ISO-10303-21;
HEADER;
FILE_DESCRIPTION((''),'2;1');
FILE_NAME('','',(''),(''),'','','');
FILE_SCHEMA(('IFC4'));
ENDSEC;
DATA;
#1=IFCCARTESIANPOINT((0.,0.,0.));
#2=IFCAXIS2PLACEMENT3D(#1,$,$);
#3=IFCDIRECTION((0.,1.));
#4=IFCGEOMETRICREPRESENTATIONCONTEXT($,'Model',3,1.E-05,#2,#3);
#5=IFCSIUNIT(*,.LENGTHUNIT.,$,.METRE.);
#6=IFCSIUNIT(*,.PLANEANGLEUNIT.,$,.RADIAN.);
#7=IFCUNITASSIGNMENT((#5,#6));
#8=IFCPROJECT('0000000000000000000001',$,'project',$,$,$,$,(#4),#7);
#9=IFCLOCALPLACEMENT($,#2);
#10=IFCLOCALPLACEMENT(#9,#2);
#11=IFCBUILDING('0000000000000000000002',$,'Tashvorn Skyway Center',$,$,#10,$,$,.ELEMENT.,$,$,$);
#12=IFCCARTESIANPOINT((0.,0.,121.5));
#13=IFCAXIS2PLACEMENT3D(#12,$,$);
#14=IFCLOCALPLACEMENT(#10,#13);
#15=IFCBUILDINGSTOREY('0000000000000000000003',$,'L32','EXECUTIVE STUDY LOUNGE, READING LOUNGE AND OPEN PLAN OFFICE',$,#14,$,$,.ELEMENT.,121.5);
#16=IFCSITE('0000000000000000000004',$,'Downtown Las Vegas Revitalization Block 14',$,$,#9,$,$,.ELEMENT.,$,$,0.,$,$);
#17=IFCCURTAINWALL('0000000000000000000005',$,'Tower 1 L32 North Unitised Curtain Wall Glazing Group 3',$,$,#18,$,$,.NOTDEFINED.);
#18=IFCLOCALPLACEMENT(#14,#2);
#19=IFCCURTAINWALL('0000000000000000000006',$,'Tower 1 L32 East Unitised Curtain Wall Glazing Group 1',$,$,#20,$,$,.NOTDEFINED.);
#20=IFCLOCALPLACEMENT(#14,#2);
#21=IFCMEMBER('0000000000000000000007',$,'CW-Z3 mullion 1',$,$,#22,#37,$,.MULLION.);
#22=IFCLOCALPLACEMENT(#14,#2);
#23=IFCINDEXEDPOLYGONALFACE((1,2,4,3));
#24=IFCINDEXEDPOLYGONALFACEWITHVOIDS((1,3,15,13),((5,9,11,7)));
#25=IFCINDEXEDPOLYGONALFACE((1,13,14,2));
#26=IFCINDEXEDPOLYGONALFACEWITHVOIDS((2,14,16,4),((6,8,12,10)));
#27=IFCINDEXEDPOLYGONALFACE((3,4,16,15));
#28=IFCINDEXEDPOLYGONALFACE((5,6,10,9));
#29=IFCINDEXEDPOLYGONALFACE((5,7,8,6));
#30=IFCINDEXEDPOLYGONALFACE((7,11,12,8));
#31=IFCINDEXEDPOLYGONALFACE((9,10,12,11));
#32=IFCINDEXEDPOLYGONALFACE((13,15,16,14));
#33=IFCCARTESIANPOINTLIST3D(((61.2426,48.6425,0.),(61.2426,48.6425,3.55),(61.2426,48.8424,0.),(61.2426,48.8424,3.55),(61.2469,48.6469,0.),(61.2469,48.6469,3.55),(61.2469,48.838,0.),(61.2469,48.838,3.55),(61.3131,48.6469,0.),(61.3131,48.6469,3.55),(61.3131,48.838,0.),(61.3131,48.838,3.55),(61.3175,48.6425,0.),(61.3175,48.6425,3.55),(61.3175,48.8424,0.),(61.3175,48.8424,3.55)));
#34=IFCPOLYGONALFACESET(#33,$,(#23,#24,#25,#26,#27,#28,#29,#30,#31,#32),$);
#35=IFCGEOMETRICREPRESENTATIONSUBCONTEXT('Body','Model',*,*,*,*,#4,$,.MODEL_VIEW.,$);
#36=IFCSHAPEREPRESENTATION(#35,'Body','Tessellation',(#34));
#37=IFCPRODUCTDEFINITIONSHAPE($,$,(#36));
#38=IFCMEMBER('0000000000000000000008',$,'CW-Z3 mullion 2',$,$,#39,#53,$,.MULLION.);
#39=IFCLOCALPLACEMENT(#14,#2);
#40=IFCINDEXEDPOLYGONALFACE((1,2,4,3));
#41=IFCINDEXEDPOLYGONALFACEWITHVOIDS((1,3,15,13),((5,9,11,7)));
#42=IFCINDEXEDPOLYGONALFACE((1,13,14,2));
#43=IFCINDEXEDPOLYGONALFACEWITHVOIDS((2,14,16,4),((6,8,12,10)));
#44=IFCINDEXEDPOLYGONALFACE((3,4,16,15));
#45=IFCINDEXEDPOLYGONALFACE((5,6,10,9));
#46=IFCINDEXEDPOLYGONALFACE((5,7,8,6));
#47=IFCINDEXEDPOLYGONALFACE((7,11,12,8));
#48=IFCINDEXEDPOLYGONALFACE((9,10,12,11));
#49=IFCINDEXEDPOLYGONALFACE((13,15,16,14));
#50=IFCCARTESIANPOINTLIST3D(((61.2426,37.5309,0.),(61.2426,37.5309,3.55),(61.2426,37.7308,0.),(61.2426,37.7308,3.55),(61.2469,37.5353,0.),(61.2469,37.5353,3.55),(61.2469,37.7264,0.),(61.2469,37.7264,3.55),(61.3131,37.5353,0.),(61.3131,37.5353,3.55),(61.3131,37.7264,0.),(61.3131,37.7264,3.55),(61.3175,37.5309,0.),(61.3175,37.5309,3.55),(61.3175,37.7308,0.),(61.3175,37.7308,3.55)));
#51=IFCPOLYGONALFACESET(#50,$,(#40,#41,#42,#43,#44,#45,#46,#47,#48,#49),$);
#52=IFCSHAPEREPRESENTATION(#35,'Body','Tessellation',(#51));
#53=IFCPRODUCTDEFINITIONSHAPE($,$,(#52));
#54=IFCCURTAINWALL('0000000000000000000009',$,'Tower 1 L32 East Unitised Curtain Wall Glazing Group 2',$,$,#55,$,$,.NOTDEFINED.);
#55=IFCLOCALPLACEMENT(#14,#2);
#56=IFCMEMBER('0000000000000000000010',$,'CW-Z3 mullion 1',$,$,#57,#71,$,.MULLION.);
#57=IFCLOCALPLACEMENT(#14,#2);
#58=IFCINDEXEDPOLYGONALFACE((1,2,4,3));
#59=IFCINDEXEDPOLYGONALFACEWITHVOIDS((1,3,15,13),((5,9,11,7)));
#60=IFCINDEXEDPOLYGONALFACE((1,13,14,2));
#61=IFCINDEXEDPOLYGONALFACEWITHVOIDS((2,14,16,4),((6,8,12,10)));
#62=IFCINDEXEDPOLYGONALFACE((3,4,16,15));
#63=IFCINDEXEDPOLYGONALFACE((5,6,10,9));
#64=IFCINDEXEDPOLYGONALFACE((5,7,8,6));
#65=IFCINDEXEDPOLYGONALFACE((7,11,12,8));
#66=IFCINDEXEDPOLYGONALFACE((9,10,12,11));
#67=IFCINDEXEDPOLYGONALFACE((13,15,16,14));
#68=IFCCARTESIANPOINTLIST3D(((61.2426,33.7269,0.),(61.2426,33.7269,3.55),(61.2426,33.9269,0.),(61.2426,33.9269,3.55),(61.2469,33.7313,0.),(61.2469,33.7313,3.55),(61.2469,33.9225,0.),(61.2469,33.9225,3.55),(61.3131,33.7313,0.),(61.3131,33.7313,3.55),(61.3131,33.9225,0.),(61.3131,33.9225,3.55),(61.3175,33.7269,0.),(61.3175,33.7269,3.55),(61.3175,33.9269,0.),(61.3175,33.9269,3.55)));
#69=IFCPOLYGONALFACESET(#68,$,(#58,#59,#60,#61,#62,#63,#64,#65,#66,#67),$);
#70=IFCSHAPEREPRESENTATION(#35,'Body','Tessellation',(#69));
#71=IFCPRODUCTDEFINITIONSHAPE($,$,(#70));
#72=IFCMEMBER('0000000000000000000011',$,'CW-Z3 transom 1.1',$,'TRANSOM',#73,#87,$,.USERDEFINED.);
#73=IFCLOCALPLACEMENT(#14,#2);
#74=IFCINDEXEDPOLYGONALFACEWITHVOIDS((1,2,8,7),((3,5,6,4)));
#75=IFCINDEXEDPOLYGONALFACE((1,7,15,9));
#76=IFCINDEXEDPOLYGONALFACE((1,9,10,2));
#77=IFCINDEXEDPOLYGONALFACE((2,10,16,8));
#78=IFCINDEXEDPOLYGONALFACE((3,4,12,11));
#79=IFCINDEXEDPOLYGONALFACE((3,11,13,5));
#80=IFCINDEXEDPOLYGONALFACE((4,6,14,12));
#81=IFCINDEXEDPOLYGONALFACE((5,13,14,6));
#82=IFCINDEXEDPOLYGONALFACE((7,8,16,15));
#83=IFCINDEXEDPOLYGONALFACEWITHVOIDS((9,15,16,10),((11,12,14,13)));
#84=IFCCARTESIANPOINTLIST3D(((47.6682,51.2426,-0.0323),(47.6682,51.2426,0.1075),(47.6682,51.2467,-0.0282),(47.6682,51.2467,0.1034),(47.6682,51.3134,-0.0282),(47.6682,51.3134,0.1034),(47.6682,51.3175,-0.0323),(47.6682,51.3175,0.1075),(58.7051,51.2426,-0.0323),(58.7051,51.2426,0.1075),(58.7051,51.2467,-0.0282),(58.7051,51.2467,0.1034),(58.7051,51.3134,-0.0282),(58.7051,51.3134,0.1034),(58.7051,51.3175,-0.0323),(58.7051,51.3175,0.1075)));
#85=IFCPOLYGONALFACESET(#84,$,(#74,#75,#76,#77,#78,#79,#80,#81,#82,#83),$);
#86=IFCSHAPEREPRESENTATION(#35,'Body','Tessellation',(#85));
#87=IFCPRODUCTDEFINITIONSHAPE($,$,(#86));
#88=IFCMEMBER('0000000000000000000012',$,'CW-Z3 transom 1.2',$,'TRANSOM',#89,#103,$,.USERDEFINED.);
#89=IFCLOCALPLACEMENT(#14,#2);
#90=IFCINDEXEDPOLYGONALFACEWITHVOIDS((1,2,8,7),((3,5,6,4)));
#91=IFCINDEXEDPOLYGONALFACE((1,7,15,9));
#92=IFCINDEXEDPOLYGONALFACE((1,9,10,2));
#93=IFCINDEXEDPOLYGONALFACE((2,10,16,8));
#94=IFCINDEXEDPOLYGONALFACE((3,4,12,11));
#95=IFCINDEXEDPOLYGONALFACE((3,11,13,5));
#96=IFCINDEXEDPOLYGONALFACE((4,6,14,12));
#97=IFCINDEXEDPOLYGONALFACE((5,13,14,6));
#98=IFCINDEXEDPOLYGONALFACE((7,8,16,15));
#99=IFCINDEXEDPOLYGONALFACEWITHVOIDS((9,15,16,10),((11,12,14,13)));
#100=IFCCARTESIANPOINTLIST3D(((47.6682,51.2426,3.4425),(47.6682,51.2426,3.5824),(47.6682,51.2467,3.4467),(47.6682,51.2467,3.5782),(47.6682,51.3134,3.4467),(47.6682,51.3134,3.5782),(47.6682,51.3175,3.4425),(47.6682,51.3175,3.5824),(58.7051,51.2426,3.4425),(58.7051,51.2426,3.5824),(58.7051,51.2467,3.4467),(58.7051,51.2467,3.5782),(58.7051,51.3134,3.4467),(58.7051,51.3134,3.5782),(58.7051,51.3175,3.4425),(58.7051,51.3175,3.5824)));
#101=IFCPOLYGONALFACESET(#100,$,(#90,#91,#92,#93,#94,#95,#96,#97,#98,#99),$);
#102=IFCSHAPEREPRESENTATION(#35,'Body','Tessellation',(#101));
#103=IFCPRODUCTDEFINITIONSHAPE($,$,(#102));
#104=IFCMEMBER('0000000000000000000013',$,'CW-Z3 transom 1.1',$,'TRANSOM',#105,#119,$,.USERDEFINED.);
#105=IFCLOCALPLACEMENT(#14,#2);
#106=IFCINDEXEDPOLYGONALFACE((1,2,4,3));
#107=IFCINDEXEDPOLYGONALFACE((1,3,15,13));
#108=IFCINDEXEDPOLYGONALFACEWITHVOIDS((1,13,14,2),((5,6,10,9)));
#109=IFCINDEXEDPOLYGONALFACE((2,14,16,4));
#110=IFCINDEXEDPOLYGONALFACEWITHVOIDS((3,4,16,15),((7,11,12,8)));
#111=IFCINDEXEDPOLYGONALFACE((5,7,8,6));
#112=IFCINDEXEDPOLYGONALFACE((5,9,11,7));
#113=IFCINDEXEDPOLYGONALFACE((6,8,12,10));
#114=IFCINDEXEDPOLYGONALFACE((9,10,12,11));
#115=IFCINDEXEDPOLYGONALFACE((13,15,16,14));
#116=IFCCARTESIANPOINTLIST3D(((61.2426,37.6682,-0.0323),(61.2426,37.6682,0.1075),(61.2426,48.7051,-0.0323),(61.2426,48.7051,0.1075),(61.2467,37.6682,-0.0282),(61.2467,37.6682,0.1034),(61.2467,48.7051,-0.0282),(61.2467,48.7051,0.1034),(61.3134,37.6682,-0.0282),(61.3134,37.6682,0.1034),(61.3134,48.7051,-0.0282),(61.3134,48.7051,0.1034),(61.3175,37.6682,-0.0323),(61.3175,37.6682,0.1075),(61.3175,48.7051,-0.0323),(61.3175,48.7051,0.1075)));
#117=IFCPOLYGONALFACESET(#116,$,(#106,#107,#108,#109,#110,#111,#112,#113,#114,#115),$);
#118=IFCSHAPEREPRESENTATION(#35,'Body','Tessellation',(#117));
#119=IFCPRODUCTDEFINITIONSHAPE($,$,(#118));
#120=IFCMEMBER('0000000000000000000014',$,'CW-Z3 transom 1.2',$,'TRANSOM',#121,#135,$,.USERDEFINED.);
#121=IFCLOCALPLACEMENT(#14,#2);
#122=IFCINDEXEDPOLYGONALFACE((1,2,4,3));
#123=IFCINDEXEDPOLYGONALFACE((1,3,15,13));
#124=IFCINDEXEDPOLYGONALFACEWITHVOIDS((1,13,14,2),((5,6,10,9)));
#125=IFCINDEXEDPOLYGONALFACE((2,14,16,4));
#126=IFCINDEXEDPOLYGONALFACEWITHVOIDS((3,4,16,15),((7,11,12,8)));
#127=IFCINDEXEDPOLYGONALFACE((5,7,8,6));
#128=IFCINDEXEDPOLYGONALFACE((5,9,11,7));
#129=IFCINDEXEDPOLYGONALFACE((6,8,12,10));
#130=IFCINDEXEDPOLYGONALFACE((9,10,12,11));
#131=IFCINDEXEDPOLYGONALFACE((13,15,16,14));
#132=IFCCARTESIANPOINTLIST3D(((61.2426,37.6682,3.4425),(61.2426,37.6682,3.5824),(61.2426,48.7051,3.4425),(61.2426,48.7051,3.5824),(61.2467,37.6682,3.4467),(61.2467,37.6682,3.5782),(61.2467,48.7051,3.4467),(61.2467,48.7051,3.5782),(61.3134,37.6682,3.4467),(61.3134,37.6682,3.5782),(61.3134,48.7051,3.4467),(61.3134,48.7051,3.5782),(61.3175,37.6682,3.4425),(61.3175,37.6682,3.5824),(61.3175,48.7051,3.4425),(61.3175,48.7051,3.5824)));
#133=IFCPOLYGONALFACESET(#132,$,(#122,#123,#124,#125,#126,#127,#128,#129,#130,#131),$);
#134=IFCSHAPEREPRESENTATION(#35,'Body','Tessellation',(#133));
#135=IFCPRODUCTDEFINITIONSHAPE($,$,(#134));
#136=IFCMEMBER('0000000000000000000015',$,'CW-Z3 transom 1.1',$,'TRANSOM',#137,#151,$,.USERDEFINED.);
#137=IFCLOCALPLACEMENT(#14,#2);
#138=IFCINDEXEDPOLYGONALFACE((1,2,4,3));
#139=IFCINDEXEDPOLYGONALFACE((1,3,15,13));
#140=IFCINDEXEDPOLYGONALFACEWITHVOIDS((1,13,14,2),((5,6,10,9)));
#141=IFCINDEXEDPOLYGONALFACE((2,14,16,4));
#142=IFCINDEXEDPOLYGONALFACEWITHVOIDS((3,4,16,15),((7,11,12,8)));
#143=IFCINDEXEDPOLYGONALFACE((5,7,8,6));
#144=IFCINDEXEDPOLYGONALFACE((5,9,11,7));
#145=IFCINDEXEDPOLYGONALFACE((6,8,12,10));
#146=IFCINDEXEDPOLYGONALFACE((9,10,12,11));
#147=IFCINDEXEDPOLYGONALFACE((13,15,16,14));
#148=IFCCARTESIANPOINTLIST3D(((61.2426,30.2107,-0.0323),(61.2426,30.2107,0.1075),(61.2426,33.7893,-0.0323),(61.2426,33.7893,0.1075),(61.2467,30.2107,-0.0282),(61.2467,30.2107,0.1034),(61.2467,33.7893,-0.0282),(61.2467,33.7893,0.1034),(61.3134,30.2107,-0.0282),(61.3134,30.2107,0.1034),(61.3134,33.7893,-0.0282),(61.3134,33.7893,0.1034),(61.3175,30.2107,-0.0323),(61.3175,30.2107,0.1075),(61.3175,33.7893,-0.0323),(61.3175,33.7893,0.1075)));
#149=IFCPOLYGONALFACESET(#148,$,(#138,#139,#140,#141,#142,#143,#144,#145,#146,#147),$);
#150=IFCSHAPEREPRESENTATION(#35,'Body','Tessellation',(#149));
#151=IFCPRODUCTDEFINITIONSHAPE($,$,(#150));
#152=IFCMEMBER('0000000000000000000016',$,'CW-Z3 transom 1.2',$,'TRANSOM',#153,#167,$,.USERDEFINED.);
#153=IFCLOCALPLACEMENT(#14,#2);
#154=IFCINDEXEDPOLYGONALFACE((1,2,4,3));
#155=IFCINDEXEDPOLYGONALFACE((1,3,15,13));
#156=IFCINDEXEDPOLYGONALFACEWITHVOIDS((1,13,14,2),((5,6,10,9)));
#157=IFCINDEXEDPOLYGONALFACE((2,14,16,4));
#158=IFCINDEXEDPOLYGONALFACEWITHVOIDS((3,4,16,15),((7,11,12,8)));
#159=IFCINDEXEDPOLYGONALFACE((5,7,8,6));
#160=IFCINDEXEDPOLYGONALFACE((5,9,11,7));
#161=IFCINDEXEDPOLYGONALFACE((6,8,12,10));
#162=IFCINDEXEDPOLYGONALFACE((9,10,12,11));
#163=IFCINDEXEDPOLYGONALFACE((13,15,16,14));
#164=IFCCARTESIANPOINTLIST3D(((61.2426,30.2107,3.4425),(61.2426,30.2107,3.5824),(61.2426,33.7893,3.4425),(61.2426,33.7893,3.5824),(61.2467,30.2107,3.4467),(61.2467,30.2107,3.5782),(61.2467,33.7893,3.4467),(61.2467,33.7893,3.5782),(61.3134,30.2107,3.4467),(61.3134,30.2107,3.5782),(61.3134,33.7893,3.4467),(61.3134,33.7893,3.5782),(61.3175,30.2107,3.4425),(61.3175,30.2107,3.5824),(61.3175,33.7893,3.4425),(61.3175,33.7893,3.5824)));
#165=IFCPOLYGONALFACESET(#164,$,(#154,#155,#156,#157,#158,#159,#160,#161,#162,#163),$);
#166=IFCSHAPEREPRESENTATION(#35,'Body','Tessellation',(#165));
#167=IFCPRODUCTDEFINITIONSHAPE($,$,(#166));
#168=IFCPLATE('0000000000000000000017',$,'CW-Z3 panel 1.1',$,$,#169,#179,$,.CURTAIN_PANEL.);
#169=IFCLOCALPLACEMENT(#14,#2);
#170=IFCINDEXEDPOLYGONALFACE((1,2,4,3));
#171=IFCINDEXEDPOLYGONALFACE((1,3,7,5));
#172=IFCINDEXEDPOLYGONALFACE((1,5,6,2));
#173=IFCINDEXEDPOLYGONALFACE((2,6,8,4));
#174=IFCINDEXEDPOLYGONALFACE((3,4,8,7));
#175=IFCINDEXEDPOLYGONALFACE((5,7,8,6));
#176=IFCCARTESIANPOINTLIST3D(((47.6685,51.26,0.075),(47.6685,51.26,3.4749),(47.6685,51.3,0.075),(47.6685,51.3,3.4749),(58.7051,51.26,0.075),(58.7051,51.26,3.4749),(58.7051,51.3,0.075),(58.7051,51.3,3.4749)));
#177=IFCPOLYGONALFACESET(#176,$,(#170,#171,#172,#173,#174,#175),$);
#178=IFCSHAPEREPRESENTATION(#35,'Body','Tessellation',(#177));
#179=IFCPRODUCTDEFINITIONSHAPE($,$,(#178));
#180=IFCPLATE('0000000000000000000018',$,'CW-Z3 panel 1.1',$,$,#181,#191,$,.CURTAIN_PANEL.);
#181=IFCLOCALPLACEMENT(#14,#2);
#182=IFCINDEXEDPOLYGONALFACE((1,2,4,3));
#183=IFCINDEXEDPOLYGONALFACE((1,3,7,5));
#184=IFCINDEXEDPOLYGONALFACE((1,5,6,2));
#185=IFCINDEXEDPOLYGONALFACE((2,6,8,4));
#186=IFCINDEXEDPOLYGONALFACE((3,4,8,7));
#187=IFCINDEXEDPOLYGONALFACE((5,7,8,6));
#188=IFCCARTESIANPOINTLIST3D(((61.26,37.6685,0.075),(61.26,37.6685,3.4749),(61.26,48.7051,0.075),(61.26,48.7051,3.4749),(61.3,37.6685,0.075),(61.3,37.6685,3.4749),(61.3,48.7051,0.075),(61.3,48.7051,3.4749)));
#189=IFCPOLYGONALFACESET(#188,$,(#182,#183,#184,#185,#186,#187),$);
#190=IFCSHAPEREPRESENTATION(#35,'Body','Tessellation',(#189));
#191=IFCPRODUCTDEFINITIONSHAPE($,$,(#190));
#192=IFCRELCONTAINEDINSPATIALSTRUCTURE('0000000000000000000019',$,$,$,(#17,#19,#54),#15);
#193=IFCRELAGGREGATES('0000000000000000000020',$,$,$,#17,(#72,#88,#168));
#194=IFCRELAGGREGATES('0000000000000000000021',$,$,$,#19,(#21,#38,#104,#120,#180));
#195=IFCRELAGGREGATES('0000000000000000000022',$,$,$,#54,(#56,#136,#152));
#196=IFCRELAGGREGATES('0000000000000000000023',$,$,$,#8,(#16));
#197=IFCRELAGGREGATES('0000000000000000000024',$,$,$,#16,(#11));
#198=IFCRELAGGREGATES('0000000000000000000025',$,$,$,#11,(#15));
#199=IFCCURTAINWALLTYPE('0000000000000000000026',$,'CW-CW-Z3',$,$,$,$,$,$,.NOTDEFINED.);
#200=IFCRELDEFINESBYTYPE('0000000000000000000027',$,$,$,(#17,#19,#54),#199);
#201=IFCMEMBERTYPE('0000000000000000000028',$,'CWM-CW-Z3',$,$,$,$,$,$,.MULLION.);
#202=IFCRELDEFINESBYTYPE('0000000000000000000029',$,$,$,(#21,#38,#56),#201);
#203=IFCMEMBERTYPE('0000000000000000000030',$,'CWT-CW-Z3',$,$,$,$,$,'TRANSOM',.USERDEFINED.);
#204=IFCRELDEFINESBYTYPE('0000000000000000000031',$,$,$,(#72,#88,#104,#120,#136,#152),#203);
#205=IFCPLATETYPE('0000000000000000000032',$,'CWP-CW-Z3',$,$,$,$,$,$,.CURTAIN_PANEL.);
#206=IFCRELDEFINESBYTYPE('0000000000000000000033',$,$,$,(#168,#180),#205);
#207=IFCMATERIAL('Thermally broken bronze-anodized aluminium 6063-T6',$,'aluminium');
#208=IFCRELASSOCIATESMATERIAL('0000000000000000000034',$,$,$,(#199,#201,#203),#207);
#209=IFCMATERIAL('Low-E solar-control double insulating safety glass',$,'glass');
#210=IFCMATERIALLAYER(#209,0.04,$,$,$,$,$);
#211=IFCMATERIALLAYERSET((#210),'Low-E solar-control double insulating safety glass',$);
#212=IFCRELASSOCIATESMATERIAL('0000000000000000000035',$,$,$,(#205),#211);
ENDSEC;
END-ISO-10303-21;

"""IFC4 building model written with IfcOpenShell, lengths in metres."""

from ifc_helpers import new_model, si_unit, direction, frame, origin, origin_2d, place, context, subcontext, project, spatial, rectangle, hollow_rectangle, extrude, material, layer, layer_set, material_profile, profile_set, type_object, element, aggregate, save


model = new_model("IFC4")

# Units and contexts
model_context = context("Model", 3, precision=1e-05, world=origin(), true_north=direction((0.0, 1.0)))
body_context = subcontext(model_context, "Body", "Model", "MODEL_VIEW")
ifc_project = project(units=[si_unit("LENGTHUNIT", "METRE"), si_unit("PLANEANGLEUNIT", "RADIAN")], contexts=[model_context])

# Site, building, storey
site_placement = place(None, origin())
site = spatial("IfcSite", under=ifc_project, at=site_placement, Name="Downtown Las Vegas Revitalization Block 14", CompositionType="ELEMENT", RefElevation=0.0)
building_placement = place(site_placement, origin())
building = spatial("IfcBuilding", under=site, at=building_placement, Name="Tashvorn Skyway Center", CompositionType="ELEMENT")
storey_placement = place(building_placement, frame((0.0, 0.0, 121.5)))
storey = spatial("IfcBuildingStorey", under=building, at=storey_placement, Name="L32", Description="EXECUTIVE STUDY LOUNGE, READING LOUNGE AND OPEN PLAN OFFICE", CompositionType="ELEMENT", Elevation=121.5)

# Curtain wall
ifc_material_1 = material(Name="Thermally broken bronze-anodized aluminium 6063-T6", Category="aluminium")
curtain_wall_type = type_object("IfcCurtainWallType", Name="CW-CW-Z3", PredefinedType="NOTDEFINED", material=ifc_material_1)
curtain_wall_1_placement = place(storey_placement, origin())
curtain_wall_1 = element("IfcCurtainWall", 1, at=curtain_wall_1_placement, inside=storey, type_object=curtain_wall_type, Name="Tower 1 L32 North Unitised Curtain Wall Glazing Group 3", PredefinedType="NOTDEFINED")
ifc_material_profile_1 = material_profile(ifc_material_1, hollow_rectangle(XDim=0.075, YDim=0.2, WallThickness=0.0044, at=origin_2d()), Name="ALU-MULL-75x200")
ifc_profile_set_1 = profile_set([ifc_material_profile_1], Name="Thermally broken bronze-anodized aluminium 6063-T6")
member_type_1 = type_object("IfcMemberType", Name="CWM-CW-Z3", PredefinedType="MULLION", material=ifc_profile_set_1)

# Curtain wall, members
curtain_wall_2_placement = place(storey_placement, origin())
curtain_wall_2 = element("IfcCurtainWall", 2, at=curtain_wall_2_placement, inside=storey, type_object=curtain_wall_type, Name="Tower 1 L32 East Unitised Curtain Wall Glazing Group 1", PredefinedType="NOTDEFINED")
member_1_placement = place(storey_placement, frame((61.28, 48.7424, 0.0), z_axis=(0.0, 0.0, 1.0), x_axis=(1.0, 0.0, 0.0)))
member_1 = element("IfcMember", 3, at=member_1_placement, type_object=member_type_1, Name="CW-Z3 mullion 1", PredefinedType="MULLION", context=body_context, shape_type="SweptSolid", body=[
    extrude(hollow_rectangle(XDim=0.075, YDim=0.2, WallThickness=0.0044, at=origin_2d()), origin(), (0.0, 0.0, 1.0), 3.55),
])
member_2_placement = place(storey_placement, frame((61.28, 37.6309, 0.0), z_axis=(0.0, 0.0, 1.0), x_axis=(1.0, 0.0, 0.0)))
member_2 = element("IfcMember", 4, at=member_2_placement, type_object=member_type_1, Name="CW-Z3 mullion 2", PredefinedType="MULLION", context=body_context, shape_type="SweptSolid", body=[
    extrude(hollow_rectangle(XDim=0.075, YDim=0.2, WallThickness=0.0044, at=origin_2d()), origin(), (0.0, 0.0, 1.0), 3.55),
])

# Curtain wall, member
curtain_wall_3_placement = place(storey_placement, origin())
curtain_wall_3 = element("IfcCurtainWall", 5, at=curtain_wall_3_placement, inside=storey, type_object=curtain_wall_type, Name="Tower 1 L32 East Unitised Curtain Wall Glazing Group 2", PredefinedType="NOTDEFINED")
member_3_placement = place(storey_placement, frame((61.28, 33.8269, 0.0), z_axis=(0.0, 0.0, 1.0), x_axis=(1.0, 0.0, 0.0)))
member_3 = element("IfcMember", 6, at=member_3_placement, type_object=member_type_1, Name="CW-Z3 mullion 1", PredefinedType="MULLION", context=body_context, shape_type="SweptSolid", body=[
    extrude(hollow_rectangle(XDim=0.075, YDim=0.2, WallThickness=0.0044, at=origin_2d()), origin(), (0.0, 0.0, 1.0), 3.55),
])

# Members
ifc_material_profile_2 = material_profile(ifc_material_1, hollow_rectangle(XDim=0.075, YDim=0.1399, WallThickness=0.0042, at=origin_2d()), Name="ALU-TRAN-75x140")
ifc_profile_set_2 = profile_set([ifc_material_profile_2], Name="Thermally broken bronze-anodized aluminium 6063-T6")
member_type_2 = type_object("IfcMemberType", Name="CWT-CW-Z3", ElementType="TRANSOM", PredefinedType="USERDEFINED", material=ifc_profile_set_2)
member_4_placement = place(storey_placement, frame((47.6682, 51.28, 0.0376), z_axis=(1.0, 0.0, 0.0), x_axis=(0.0, 1.0, 0.0)))
member_4 = element("IfcMember", 7, at=member_4_placement, type_object=member_type_2, Name="CW-Z3 transom 1.1", ObjectType="TRANSOM", PredefinedType="USERDEFINED", context=body_context, shape_type="SweptSolid", body=[
    extrude(hollow_rectangle(XDim=0.075, YDim=0.1399, WallThickness=0.0042, at=origin_2d()), origin(), (0.0, 0.0, 1.0), 11.0369),
])
member_5_placement = place(storey_placement, frame((47.6682, 51.28, 3.5125), z_axis=(1.0, 0.0, 0.0), x_axis=(0.0, 1.0, 0.0)))
member_5 = element("IfcMember", 8, at=member_5_placement, type_object=member_type_2, Name="CW-Z3 transom 1.2", ObjectType="TRANSOM", PredefinedType="USERDEFINED", context=body_context, shape_type="SweptSolid", body=[
    extrude(hollow_rectangle(XDim=0.075, YDim=0.1399, WallThickness=0.0042, at=origin_2d()), origin(), (0.0, 0.0, 1.0), 11.0369),
])
member_6_placement = place(storey_placement, frame((61.28, 48.7051, 0.0376), z_axis=(0.0, -1.0, 0.0), x_axis=(1.0, 0.0, 0.0)))
member_6 = element("IfcMember", 9, at=member_6_placement, type_object=member_type_2, Name="CW-Z3 transom 1.1", ObjectType="TRANSOM", PredefinedType="USERDEFINED", context=body_context, shape_type="SweptSolid", body=[
    extrude(hollow_rectangle(XDim=0.075, YDim=0.1399, WallThickness=0.0042, at=origin_2d()), origin(), (0.0, 0.0, 1.0), 11.0369),
])
member_7_placement = place(storey_placement, frame((61.28, 48.7051, 3.5125), z_axis=(0.0, -1.0, 0.0), x_axis=(1.0, 0.0, 0.0)))
member_7 = element("IfcMember", 10, at=member_7_placement, type_object=member_type_2, Name="CW-Z3 transom 1.2", ObjectType="TRANSOM", PredefinedType="USERDEFINED", context=body_context, shape_type="SweptSolid", body=[
    extrude(hollow_rectangle(XDim=0.075, YDim=0.1399, WallThickness=0.0042, at=origin_2d()), origin(), (0.0, 0.0, 1.0), 11.0369),
])
member_8_placement = place(storey_placement, frame((61.28, 33.7893, 0.0376), z_axis=(0.0, -1.0, 0.0), x_axis=(1.0, 0.0, 0.0)))
member_8 = element("IfcMember", 11, at=member_8_placement, type_object=member_type_2, Name="CW-Z3 transom 1.1", ObjectType="TRANSOM", PredefinedType="USERDEFINED", context=body_context, shape_type="SweptSolid", body=[
    extrude(hollow_rectangle(XDim=0.075, YDim=0.1399, WallThickness=0.0042, at=origin_2d()), origin(), (0.0, 0.0, 1.0), 3.5786),
])
member_9_placement = place(storey_placement, frame((61.28, 33.7893, 3.5125), z_axis=(0.0, -1.0, 0.0), x_axis=(1.0, 0.0, 0.0)))
member_9 = element("IfcMember", 12, at=member_9_placement, type_object=member_type_2, Name="CW-Z3 transom 1.2", ObjectType="TRANSOM", PredefinedType="USERDEFINED", context=body_context, shape_type="SweptSolid", body=[
    extrude(hollow_rectangle(XDim=0.075, YDim=0.1399, WallThickness=0.0042, at=origin_2d()), origin(), (0.0, 0.0, 1.0), 3.5786),
])

# Plates
ifc_material_2 = material(Name="Low-E solar-control double insulating safety glass", Category="glass")
ifc_layer_1 = layer(ifc_material_2, 0.04)
ifc_layer_set_1 = layer_set([ifc_layer_1], Name="Low-E solar-control double insulating safety glass")
plate_type = type_object("IfcPlateType", Name="CWP-CW-Z3", PredefinedType="CURTAIN_PANEL", material=ifc_layer_set_1)
plate_1_placement = place(storey_placement, frame((53.1868, 51.28, 0.075), z_axis=(0.0, 0.0, 1.0), x_axis=(1.0, 0.0, 0.0)))
plate_1 = element("IfcPlate", 13, at=plate_1_placement, type_object=plate_type, Name="CW-Z3 panel 1.1", PredefinedType="CURTAIN_PANEL", context=body_context, shape_type="SweptSolid", body=[
    extrude(rectangle(XDim=11.0366, YDim=0.04, at=origin_2d()), origin(), (0.0, 0.0, 1.0), 3.3999),
])
aggregate(curtain_wall_1, [member_4, member_5, plate_1])
plate_2_placement = place(storey_placement, frame((61.28, 43.1868, 0.075), z_axis=(0.0, 0.0, 1.0), x_axis=(0.0, -1.0, 0.0)))
plate_2 = element("IfcPlate", 14, at=plate_2_placement, type_object=plate_type, Name="CW-Z3 panel 1.1", PredefinedType="CURTAIN_PANEL", context=body_context, shape_type="SweptSolid", body=[
    extrude(rectangle(XDim=11.0366, YDim=0.04, at=origin_2d()), origin(), (0.0, 0.0, 1.0), 3.3999),
])
aggregate(curtain_wall_2, [member_1, member_2, member_6, member_7, plate_2])
aggregate(curtain_wall_3, [member_3, member_8, member_9])

save(model, "model.ifc")
